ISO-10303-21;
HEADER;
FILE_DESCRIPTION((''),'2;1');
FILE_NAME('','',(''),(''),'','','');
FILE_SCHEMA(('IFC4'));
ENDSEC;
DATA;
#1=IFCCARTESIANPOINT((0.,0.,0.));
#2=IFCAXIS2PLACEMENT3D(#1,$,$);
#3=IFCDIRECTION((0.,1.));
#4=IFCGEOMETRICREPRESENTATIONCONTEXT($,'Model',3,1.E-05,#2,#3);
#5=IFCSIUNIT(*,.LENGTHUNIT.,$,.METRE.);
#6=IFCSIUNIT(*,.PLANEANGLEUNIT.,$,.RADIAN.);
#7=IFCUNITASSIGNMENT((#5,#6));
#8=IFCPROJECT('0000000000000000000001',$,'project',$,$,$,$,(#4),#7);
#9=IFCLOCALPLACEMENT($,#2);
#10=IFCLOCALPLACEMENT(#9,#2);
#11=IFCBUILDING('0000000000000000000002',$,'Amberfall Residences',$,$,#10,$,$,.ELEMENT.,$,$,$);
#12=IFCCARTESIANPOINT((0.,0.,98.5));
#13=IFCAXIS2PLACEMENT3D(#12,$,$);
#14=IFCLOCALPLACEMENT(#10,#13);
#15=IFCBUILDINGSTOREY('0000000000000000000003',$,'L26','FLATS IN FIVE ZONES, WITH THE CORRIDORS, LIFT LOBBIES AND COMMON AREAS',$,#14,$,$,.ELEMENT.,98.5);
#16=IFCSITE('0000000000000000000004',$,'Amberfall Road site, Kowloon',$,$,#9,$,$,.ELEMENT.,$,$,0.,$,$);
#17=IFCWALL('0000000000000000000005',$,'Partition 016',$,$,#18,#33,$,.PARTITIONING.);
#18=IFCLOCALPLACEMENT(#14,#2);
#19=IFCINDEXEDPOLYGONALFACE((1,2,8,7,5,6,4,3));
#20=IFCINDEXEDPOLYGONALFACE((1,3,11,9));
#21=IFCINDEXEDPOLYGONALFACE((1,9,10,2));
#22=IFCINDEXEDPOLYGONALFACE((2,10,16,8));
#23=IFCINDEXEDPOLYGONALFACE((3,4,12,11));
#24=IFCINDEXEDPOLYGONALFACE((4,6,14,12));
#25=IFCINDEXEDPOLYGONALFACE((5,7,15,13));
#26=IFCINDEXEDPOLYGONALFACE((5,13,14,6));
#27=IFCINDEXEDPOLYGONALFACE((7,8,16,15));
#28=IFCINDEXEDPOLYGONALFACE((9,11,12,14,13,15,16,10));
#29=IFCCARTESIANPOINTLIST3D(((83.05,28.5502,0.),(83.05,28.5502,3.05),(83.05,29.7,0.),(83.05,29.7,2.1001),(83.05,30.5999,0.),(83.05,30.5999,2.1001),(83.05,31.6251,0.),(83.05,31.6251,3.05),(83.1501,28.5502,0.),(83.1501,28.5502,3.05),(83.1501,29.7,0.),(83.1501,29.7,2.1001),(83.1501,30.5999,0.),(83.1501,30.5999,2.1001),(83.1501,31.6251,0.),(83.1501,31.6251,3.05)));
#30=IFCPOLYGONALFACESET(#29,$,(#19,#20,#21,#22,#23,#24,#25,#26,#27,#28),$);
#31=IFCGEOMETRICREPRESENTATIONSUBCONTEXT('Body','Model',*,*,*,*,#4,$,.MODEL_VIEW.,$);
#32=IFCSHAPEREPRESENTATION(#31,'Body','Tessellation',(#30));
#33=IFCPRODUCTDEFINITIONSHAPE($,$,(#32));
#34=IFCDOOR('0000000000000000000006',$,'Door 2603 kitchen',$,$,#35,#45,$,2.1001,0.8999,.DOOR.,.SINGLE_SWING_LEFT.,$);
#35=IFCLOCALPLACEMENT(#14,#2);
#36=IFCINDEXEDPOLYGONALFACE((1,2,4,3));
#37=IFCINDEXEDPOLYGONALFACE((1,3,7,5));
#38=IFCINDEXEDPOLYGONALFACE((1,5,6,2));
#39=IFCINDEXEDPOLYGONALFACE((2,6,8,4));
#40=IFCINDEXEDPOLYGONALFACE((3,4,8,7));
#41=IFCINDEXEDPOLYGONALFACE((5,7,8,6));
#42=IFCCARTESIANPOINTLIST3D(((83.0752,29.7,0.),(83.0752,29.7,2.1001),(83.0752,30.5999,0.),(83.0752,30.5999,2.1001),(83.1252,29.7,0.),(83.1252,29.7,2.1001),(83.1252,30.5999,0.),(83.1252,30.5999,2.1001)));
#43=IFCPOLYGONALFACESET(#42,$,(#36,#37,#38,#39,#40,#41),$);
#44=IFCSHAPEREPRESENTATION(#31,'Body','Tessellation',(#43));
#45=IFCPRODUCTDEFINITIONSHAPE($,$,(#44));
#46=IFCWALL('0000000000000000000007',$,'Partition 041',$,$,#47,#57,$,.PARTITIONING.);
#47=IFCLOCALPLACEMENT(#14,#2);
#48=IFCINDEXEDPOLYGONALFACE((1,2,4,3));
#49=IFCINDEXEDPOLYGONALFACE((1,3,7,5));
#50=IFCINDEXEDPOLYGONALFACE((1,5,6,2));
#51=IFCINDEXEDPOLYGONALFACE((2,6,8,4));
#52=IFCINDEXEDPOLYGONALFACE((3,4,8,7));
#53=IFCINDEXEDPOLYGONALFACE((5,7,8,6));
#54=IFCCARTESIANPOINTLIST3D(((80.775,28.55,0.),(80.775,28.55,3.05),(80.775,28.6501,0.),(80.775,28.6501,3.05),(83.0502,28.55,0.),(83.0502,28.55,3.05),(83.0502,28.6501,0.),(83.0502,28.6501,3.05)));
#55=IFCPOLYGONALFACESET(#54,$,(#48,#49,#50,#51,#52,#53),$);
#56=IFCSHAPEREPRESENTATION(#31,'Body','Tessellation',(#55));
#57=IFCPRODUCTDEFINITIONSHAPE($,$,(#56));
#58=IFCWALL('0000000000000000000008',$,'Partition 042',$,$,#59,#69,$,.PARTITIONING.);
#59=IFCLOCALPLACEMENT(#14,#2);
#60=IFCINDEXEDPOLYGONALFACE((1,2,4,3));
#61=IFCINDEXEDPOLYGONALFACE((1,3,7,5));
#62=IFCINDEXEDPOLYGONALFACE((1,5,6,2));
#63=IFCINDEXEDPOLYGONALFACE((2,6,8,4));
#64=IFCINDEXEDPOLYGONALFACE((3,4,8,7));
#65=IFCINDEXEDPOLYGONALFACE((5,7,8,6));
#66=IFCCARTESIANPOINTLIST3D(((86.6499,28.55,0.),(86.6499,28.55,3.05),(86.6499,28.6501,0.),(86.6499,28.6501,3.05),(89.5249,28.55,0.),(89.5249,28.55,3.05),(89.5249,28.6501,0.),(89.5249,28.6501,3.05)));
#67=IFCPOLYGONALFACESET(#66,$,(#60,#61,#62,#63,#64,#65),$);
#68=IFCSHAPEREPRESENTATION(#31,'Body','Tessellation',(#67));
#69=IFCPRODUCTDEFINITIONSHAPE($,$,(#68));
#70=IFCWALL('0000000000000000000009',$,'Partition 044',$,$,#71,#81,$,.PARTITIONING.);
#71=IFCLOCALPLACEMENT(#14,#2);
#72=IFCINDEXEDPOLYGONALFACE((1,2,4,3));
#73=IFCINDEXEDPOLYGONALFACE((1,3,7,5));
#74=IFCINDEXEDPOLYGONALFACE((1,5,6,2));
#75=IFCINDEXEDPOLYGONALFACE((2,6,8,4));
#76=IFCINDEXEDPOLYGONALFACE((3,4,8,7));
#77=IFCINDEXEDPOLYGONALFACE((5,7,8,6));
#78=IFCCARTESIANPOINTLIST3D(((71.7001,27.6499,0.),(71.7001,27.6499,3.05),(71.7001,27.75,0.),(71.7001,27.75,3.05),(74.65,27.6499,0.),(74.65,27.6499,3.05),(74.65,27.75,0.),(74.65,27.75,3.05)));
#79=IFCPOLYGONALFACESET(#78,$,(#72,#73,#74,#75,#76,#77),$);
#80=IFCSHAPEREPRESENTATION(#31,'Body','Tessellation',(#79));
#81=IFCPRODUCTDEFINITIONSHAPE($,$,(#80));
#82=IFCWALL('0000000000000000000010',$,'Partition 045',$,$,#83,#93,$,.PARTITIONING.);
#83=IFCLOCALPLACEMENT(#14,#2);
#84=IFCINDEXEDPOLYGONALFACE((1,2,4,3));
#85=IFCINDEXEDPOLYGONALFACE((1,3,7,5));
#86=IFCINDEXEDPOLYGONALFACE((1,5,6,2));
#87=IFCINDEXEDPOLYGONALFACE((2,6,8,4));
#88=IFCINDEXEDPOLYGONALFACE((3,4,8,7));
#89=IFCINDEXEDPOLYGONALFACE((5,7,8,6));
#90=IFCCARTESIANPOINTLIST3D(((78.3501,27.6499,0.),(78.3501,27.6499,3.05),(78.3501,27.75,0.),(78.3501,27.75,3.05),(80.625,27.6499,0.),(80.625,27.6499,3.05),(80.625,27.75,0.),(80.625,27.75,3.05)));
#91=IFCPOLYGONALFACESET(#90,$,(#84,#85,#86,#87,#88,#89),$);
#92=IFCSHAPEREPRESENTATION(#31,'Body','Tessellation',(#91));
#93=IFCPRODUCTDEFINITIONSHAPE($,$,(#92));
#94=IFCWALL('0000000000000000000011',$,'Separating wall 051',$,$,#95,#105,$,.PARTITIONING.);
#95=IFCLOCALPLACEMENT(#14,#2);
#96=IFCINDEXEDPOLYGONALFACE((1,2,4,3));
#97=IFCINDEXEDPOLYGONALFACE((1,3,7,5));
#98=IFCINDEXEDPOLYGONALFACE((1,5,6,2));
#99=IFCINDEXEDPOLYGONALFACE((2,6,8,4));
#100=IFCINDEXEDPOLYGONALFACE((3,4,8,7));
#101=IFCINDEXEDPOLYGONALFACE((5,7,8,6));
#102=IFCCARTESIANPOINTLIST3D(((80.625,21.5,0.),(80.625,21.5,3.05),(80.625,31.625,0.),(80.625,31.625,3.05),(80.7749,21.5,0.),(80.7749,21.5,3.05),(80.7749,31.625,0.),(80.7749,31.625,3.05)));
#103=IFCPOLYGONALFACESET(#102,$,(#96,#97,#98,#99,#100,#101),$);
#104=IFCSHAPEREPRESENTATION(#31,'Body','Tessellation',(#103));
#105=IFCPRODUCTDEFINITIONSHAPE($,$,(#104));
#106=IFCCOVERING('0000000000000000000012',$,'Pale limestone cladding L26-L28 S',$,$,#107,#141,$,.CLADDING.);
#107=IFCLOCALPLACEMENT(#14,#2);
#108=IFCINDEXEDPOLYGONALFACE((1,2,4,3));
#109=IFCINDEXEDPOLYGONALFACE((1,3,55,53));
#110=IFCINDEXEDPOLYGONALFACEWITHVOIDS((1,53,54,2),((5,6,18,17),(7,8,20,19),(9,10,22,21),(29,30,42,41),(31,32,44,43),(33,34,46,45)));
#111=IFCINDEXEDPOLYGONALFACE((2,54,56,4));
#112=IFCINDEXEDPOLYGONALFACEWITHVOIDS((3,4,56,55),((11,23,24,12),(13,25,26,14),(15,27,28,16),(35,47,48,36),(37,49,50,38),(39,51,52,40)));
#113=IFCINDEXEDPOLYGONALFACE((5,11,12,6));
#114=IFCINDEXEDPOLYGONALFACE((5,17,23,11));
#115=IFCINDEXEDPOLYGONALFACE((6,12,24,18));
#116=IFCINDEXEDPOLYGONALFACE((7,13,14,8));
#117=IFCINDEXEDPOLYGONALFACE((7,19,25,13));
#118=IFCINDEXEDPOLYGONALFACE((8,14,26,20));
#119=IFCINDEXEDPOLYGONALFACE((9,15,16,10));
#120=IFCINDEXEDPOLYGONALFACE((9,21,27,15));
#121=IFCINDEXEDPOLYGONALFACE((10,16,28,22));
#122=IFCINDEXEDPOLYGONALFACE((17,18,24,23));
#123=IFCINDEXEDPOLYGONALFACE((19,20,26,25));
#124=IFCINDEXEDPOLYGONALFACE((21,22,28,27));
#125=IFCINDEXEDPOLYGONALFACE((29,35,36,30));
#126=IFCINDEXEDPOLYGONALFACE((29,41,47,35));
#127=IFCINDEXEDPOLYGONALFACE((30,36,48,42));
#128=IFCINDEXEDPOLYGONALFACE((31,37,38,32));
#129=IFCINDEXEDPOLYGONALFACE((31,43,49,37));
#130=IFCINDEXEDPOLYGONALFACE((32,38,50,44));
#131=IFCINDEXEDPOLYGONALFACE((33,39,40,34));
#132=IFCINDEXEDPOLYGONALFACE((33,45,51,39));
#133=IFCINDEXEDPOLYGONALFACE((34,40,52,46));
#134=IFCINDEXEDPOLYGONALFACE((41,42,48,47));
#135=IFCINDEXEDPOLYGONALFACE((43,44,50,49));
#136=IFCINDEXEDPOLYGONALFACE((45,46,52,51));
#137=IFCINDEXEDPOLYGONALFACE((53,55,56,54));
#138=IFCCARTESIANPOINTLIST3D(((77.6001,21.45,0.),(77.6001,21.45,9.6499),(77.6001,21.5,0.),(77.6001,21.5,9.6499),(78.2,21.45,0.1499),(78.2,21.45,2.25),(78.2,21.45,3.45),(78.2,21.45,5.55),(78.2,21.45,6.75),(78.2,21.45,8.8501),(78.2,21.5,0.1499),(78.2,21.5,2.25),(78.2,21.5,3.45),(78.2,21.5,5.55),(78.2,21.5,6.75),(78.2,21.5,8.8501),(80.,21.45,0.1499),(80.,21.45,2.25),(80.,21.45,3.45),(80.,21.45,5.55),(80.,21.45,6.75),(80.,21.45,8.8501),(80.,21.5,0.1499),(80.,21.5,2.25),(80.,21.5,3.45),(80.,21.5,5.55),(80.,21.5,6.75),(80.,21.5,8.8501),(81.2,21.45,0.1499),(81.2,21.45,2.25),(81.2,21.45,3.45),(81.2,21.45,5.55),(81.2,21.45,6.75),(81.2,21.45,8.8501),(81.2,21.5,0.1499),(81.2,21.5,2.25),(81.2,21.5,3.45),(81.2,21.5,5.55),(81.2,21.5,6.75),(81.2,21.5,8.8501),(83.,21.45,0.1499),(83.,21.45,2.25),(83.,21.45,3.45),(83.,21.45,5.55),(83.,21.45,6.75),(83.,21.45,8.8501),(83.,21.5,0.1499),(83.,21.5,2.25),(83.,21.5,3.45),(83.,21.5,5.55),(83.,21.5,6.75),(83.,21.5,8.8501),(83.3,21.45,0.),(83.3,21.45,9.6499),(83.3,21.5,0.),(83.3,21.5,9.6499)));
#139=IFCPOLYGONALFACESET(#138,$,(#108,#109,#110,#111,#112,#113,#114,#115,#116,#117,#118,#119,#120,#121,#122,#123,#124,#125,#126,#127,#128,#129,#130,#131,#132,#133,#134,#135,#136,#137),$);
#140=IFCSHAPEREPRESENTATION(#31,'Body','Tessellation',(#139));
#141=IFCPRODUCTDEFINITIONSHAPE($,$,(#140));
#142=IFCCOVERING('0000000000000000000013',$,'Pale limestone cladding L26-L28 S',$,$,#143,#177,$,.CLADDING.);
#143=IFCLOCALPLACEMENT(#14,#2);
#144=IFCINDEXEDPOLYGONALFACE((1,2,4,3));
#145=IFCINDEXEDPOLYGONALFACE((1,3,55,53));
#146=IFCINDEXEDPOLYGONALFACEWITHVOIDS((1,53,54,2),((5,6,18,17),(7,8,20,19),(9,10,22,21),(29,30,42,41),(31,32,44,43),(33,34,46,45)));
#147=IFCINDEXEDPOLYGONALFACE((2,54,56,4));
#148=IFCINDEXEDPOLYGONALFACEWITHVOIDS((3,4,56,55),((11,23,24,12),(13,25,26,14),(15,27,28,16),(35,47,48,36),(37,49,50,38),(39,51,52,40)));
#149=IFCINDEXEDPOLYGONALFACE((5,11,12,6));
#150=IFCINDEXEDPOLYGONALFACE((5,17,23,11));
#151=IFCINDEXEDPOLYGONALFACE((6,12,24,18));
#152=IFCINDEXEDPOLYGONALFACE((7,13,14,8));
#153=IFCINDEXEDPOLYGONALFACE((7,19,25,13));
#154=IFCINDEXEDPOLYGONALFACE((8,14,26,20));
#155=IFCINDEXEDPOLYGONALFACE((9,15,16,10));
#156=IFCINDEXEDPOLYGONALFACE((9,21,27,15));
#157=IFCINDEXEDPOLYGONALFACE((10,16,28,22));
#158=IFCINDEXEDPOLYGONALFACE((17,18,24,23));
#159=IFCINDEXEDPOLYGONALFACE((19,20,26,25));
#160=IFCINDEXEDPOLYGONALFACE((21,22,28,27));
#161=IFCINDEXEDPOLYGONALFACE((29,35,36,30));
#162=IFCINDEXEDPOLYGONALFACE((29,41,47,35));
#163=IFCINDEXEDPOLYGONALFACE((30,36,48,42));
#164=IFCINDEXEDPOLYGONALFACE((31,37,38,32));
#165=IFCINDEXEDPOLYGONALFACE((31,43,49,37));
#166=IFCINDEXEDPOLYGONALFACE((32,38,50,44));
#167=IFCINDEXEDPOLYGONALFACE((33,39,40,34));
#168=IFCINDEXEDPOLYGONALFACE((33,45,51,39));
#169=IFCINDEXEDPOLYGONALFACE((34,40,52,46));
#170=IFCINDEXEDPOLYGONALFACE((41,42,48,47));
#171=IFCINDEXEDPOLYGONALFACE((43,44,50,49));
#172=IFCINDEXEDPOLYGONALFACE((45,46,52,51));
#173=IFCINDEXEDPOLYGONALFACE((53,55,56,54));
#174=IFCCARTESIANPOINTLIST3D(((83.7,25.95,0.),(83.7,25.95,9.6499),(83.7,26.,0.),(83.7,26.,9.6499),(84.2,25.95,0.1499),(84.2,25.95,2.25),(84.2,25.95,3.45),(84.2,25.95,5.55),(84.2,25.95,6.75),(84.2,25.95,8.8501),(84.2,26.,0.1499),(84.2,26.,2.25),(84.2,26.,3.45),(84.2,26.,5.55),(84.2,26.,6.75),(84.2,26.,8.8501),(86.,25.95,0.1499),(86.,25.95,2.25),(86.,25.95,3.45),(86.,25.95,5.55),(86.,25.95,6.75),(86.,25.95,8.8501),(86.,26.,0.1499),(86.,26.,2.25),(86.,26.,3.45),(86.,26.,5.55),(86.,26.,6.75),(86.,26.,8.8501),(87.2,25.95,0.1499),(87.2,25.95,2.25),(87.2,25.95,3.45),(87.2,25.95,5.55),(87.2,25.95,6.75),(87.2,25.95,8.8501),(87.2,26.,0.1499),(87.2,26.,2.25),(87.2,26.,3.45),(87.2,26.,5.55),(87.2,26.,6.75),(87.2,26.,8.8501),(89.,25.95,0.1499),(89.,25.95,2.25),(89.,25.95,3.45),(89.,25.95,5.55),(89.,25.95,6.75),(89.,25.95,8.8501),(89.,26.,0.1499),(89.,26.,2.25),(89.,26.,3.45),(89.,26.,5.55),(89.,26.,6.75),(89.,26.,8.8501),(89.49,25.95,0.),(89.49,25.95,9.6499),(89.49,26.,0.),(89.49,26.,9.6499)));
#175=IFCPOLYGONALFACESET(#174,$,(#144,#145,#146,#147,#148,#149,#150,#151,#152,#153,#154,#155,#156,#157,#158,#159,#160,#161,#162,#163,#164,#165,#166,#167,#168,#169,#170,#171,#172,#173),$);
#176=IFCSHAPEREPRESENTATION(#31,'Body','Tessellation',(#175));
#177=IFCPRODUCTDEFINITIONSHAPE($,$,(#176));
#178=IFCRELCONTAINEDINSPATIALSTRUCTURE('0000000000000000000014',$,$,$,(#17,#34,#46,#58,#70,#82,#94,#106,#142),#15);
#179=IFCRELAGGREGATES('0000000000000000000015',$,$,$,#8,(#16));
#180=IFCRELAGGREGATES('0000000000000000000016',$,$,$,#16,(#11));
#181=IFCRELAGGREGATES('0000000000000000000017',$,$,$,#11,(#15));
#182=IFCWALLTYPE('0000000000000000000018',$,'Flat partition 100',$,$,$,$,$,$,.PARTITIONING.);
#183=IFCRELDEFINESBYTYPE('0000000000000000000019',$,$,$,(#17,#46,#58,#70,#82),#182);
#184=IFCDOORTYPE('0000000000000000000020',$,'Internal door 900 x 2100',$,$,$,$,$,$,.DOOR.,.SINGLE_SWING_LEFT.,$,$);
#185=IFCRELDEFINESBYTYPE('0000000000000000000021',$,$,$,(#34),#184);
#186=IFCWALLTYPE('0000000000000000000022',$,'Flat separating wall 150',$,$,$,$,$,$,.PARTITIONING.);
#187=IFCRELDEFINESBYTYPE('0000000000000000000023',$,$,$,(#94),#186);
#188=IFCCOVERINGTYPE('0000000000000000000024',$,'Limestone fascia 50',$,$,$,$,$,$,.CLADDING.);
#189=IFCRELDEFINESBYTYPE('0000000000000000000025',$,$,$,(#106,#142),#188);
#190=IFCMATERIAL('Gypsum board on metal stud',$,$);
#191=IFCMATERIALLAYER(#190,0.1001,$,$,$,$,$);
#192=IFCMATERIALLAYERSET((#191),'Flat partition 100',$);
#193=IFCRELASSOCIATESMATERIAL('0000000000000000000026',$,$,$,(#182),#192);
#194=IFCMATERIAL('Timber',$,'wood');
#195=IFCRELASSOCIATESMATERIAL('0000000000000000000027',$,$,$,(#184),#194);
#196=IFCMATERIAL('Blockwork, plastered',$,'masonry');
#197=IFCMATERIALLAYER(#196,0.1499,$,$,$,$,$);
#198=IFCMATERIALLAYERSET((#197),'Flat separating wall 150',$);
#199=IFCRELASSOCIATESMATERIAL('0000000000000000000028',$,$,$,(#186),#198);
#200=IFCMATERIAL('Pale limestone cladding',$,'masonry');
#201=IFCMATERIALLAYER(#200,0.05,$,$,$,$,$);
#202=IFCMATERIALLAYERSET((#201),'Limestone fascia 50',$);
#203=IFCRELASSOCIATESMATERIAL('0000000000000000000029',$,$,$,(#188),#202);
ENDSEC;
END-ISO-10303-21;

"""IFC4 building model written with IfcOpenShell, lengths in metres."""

from ifc_helpers import new_model, si_unit, direction, frame, frame_2d, origin, place, context, subcontext, project, spatial, polyline, rectangle, outline, extrude, material, layer, layer_set, type_object, element, fill, save


model = new_model("IFC4")

# Units and contexts
model_context = context("Model", 3, precision=1e-05, world=origin(), true_north=direction((0.0, 1.0)))
body_context = subcontext(model_context, "Body", "Model", "MODEL_VIEW")
ifc_project = project(units=[si_unit("LENGTHUNIT", "METRE"), si_unit("PLANEANGLEUNIT", "RADIAN")], contexts=[model_context])

# Site, building, storey
site_placement = place(None, origin())
site = spatial("IfcSite", under=ifc_project, at=site_placement, Name="Amberfall Road site, Kowloon", CompositionType="ELEMENT", RefElevation=0.0)
building_placement = place(site_placement, origin())
building = spatial("IfcBuilding", under=site, at=building_placement, Name="Amberfall Residences", CompositionType="ELEMENT")
storey_placement = place(building_placement, frame((0.0, 0.0, 98.5)))
storey = spatial("IfcBuildingStorey", under=building, at=storey_placement, Name="L26", Description="FLATS IN FIVE ZONES, WITH THE CORRIDORS, LIFT LOBBIES AND COMMON AREAS", CompositionType="ELEMENT", Elevation=98.5)

# Shared definitions
ifc_material_1 = material(Name="Gypsum board on metal stud")
ifc_layer_1 = layer(ifc_material_1, 0.1001)
ifc_layer_set_1 = layer_set([ifc_layer_1], Name="Flat partition 100")
wall_type_1 = type_object("IfcWallType", Name="Flat partition 100", PredefinedType="PARTITIONING", material=ifc_layer_set_1)
ifc_material_2 = material(Name="Timber", Category="wood")
door_type_1 = type_object("IfcDoorType", Name="Internal door 900 x 2100", OperationType="SINGLE_SWING_LEFT", PredefinedType="DOOR", material=ifc_material_2)

# Wall, opening, door
wall_1_placement = place(storey_placement, frame((83.1001, 28.55, 0.0), z_axis=(0.0, 0.0, 1.0), x_axis=(0.0, 1.0, 0.0)))
wall_1 = element("IfcWall", 1, at=wall_1_placement, inside=storey, type_object=wall_type_1, Name="Partition 016", PredefinedType="PARTITIONING", context=body_context, shape_type="SweptSolid", body=[
    extrude(rectangle(XDim=3.075, YDim=0.1001, at=frame_2d((1.5376, 0.0))), origin(), (0.0, 0.0, 1.0), 3.05),
])
opening_1_placement = place(wall_1_placement, frame((1.1499, 0.0, 0.0)))
opening_1 = element("IfcOpeningElement", 2, at=opening_1_placement, cuts=wall_1, PredefinedType="OPENING", context=body_context, shape_type="SweptSolid", body=[
    extrude(rectangle(XDim=0.8999, YDim=2.1001, at=frame_2d((0.45, 1.05))), frame((0.0, 0.0601, 0.0), z_axis=(0.0, -1.0, 0.0), x_axis=(1.0, 0.0, 0.0)), (0.0, 0.0, 1.0), 0.1201),
])
door_1_placement = place(opening_1_placement, origin())
door_1 = element("IfcDoor", 3, at=door_1_placement, inside=storey, type_object=door_type_1, Name="Door 2603 kitchen", OperationType="SINGLE_SWING_LEFT", OverallHeight=2.1001, OverallWidth=0.8999, PredefinedType="DOOR", context=body_context, shape_type="SweptSolid", body=[
    extrude(rectangle(XDim=0.8999, YDim=2.1001, at=frame_2d((0.45, 1.05))), frame((0.0, 0.0249, 0.0), z_axis=(0.0, -1.0, 0.0), x_axis=(1.0, 0.0, 0.0)), (0.0, 0.0, 1.0), 0.05),
])
fill(opening_1, door_1)

# Walls
wall_2_placement = place(storey_placement, frame((80.7749, 28.6001, 0.0), z_axis=(0.0, 0.0, 1.0), x_axis=(1.0, 0.0, 0.0)))
element("IfcWall", 4, at=wall_2_placement, inside=storey, type_object=wall_type_1, Name="Partition 041", PredefinedType="PARTITIONING", context=body_context, shape_type="SweptSolid", body=[
    extrude(rectangle(XDim=2.2751, YDim=0.1001, at=frame_2d((1.1377, 0.0))), origin(), (0.0, 0.0, 1.0), 3.05),
])
wall_3_placement = place(storey_placement, frame((86.6499, 28.6001, 0.0), z_axis=(0.0, 0.0, 1.0), x_axis=(1.0, 0.0, 0.0)))
element("IfcWall", 5, at=wall_3_placement, inside=storey, type_object=wall_type_1, Name="Partition 042", PredefinedType="PARTITIONING", context=body_context, shape_type="SweptSolid", body=[
    extrude(rectangle(XDim=2.875, YDim=0.1001, at=frame_2d((1.4375, 0.0))), origin(), (0.0, 0.0, 1.0), 3.05),
])
wall_4_placement = place(storey_placement, frame((71.7, 27.7, 0.0), z_axis=(0.0, 0.0, 1.0), x_axis=(1.0, 0.0, 0.0)))
element("IfcWall", 6, at=wall_4_placement, inside=storey, type_object=wall_type_1, Name="Partition 044", PredefinedType="PARTITIONING", context=body_context, shape_type="SweptSolid", body=[
    extrude(rectangle(XDim=2.95, YDim=0.1001, at=frame_2d((1.4751, 0.0))), origin(), (0.0, 0.0, 1.0), 3.05),
])
wall_5_placement = place(storey_placement, frame((78.3501, 27.7, 0.0), z_axis=(0.0, 0.0, 1.0), x_axis=(1.0, 0.0, 0.0)))
element("IfcWall", 7, at=wall_5_placement, inside=storey, type_object=wall_type_1, Name="Partition 045", PredefinedType="PARTITIONING", context=body_context, shape_type="SweptSolid", body=[
    extrude(rectangle(XDim=2.2749, YDim=0.1001, at=frame_2d((1.1375, 0.0))), origin(), (0.0, 0.0, 1.0), 3.05),
])
ifc_material_3 = material(Name="Blockwork, plastered", Category="masonry")
ifc_layer_2 = layer(ifc_material_3, 0.1499)
ifc_layer_set_2 = layer_set([ifc_layer_2], Name="Flat separating wall 150")
wall_type_2 = type_object("IfcWallType", Name="Flat separating wall 150", PredefinedType="PARTITIONING", material=ifc_layer_set_2)
wall_6_placement = place(storey_placement, frame((80.7, 21.5, 0.0), z_axis=(0.0, 0.0, 1.0), x_axis=(0.0, 1.0, 0.0)))
element("IfcWall", 8, at=wall_6_placement, inside=storey, type_object=wall_type_2, Name="Separating wall 051", PredefinedType="PARTITIONING", context=body_context, shape_type="SweptSolid", body=[
    extrude(rectangle(XDim=10.125, YDim=0.1499, at=frame_2d((5.0625, 0.0))), origin(), (0.0, 0.0, 1.0), 3.05),
])

# Coverings
ifc_material_4 = material(Name="Pale limestone cladding", Category="masonry")
ifc_layer_3 = layer(ifc_material_4, 0.05)
ifc_layer_set_3 = layer_set([ifc_layer_3], Name="Limestone fascia 50")
covering_type = type_object("IfcCoveringType", Name="Limestone fascia 50", PredefinedType="CLADDING", material=ifc_layer_set_3)
covering_1_placement = place(storey_placement, frame((77.6001, 21.5, 9.6499), z_axis=(0.0, 1.0, 0.0), x_axis=(1.0, 0.0, 0.0)))
element("IfcCovering", 9, at=covering_1_placement, inside=storey, type_object=covering_type, Name="Pale limestone cladding L26-L28 S", PredefinedType="CLADDING", context=body_context, shape_type="SweptSolid", body=[
    extrude(outline(polyline([(0.0, 0.0), (5.7, 0.0), (5.7, 9.6499), (0.0, 9.6499), (0.0, 0.0)]), holes=[polyline([(0.5999, 7.3999), (2.3999, 7.3999), (2.3999, 9.5), (0.5999, 9.5), (0.5999, 7.3999)]), polyline([(3.5999, 7.3999), (5.3999, 7.3999), (5.3999, 9.5), (3.5999, 9.5), (3.5999, 7.3999)]), polyline([(0.5999, 4.0999), (2.3999, 4.0999), (2.3999, 6.2), (0.5999, 6.2), (0.5999, 4.0999)]), polyline([(3.5999, 4.0999), (5.3999, 4.0999), (5.3999, 6.2), (3.5999, 6.2), (3.5999, 4.0999)]), polyline([(0.5999, 0.7998), (2.3999, 0.7998), (2.3999, 2.8999), (0.5999, 2.8999), (0.5999, 0.7998)]), polyline([(3.5999, 0.7998), (5.3999, 0.7998), (5.3999, 2.8999), (3.5999, 2.8999), (3.5999, 0.7998)])]), origin(), (0.0, 0.0, -1.0), 0.05),
])
covering_2_placement = place(storey_placement, frame((83.7, 26.0, 9.6499), z_axis=(0.0, 1.0, 0.0), x_axis=(1.0, 0.0, 0.0)))
element("IfcCovering", 10, at=covering_2_placement, inside=storey, type_object=covering_type, Name="Pale limestone cladding L26-L28 S", PredefinedType="CLADDING", context=body_context, shape_type="SweptSolid", body=[
    extrude(outline(polyline([(0.0, 0.0), (5.79, 0.0), (5.79, 9.6499), (0.0, 9.6499), (0.0, 0.0)]), holes=[polyline([(0.5, 7.3999), (2.3, 7.3999), (2.3, 9.5), (0.5, 9.5), (0.5, 7.3999)]), polyline([(3.5, 7.3999), (5.3, 7.3999), (5.3, 9.5), (3.5, 9.5), (3.5, 7.3999)]), polyline([(0.5, 4.0999), (2.3, 4.0999), (2.3, 6.2), (0.5, 6.2), (0.5, 4.0999)]), polyline([(3.5, 4.0999), (5.3, 4.0999), (5.3, 6.2), (3.5, 6.2), (3.5, 4.0999)]), polyline([(0.5, 0.7998), (2.3, 0.7998), (2.3, 2.8999), (0.5, 2.8999), (0.5, 0.7998)]), polyline([(3.5, 0.7998), (5.3, 0.7998), (5.3, 2.8999), (3.5, 2.8999), (3.5, 0.7998)])]), origin(), (0.0, 0.0, -1.0), 0.05),
])

save(model, "model.ifc")
